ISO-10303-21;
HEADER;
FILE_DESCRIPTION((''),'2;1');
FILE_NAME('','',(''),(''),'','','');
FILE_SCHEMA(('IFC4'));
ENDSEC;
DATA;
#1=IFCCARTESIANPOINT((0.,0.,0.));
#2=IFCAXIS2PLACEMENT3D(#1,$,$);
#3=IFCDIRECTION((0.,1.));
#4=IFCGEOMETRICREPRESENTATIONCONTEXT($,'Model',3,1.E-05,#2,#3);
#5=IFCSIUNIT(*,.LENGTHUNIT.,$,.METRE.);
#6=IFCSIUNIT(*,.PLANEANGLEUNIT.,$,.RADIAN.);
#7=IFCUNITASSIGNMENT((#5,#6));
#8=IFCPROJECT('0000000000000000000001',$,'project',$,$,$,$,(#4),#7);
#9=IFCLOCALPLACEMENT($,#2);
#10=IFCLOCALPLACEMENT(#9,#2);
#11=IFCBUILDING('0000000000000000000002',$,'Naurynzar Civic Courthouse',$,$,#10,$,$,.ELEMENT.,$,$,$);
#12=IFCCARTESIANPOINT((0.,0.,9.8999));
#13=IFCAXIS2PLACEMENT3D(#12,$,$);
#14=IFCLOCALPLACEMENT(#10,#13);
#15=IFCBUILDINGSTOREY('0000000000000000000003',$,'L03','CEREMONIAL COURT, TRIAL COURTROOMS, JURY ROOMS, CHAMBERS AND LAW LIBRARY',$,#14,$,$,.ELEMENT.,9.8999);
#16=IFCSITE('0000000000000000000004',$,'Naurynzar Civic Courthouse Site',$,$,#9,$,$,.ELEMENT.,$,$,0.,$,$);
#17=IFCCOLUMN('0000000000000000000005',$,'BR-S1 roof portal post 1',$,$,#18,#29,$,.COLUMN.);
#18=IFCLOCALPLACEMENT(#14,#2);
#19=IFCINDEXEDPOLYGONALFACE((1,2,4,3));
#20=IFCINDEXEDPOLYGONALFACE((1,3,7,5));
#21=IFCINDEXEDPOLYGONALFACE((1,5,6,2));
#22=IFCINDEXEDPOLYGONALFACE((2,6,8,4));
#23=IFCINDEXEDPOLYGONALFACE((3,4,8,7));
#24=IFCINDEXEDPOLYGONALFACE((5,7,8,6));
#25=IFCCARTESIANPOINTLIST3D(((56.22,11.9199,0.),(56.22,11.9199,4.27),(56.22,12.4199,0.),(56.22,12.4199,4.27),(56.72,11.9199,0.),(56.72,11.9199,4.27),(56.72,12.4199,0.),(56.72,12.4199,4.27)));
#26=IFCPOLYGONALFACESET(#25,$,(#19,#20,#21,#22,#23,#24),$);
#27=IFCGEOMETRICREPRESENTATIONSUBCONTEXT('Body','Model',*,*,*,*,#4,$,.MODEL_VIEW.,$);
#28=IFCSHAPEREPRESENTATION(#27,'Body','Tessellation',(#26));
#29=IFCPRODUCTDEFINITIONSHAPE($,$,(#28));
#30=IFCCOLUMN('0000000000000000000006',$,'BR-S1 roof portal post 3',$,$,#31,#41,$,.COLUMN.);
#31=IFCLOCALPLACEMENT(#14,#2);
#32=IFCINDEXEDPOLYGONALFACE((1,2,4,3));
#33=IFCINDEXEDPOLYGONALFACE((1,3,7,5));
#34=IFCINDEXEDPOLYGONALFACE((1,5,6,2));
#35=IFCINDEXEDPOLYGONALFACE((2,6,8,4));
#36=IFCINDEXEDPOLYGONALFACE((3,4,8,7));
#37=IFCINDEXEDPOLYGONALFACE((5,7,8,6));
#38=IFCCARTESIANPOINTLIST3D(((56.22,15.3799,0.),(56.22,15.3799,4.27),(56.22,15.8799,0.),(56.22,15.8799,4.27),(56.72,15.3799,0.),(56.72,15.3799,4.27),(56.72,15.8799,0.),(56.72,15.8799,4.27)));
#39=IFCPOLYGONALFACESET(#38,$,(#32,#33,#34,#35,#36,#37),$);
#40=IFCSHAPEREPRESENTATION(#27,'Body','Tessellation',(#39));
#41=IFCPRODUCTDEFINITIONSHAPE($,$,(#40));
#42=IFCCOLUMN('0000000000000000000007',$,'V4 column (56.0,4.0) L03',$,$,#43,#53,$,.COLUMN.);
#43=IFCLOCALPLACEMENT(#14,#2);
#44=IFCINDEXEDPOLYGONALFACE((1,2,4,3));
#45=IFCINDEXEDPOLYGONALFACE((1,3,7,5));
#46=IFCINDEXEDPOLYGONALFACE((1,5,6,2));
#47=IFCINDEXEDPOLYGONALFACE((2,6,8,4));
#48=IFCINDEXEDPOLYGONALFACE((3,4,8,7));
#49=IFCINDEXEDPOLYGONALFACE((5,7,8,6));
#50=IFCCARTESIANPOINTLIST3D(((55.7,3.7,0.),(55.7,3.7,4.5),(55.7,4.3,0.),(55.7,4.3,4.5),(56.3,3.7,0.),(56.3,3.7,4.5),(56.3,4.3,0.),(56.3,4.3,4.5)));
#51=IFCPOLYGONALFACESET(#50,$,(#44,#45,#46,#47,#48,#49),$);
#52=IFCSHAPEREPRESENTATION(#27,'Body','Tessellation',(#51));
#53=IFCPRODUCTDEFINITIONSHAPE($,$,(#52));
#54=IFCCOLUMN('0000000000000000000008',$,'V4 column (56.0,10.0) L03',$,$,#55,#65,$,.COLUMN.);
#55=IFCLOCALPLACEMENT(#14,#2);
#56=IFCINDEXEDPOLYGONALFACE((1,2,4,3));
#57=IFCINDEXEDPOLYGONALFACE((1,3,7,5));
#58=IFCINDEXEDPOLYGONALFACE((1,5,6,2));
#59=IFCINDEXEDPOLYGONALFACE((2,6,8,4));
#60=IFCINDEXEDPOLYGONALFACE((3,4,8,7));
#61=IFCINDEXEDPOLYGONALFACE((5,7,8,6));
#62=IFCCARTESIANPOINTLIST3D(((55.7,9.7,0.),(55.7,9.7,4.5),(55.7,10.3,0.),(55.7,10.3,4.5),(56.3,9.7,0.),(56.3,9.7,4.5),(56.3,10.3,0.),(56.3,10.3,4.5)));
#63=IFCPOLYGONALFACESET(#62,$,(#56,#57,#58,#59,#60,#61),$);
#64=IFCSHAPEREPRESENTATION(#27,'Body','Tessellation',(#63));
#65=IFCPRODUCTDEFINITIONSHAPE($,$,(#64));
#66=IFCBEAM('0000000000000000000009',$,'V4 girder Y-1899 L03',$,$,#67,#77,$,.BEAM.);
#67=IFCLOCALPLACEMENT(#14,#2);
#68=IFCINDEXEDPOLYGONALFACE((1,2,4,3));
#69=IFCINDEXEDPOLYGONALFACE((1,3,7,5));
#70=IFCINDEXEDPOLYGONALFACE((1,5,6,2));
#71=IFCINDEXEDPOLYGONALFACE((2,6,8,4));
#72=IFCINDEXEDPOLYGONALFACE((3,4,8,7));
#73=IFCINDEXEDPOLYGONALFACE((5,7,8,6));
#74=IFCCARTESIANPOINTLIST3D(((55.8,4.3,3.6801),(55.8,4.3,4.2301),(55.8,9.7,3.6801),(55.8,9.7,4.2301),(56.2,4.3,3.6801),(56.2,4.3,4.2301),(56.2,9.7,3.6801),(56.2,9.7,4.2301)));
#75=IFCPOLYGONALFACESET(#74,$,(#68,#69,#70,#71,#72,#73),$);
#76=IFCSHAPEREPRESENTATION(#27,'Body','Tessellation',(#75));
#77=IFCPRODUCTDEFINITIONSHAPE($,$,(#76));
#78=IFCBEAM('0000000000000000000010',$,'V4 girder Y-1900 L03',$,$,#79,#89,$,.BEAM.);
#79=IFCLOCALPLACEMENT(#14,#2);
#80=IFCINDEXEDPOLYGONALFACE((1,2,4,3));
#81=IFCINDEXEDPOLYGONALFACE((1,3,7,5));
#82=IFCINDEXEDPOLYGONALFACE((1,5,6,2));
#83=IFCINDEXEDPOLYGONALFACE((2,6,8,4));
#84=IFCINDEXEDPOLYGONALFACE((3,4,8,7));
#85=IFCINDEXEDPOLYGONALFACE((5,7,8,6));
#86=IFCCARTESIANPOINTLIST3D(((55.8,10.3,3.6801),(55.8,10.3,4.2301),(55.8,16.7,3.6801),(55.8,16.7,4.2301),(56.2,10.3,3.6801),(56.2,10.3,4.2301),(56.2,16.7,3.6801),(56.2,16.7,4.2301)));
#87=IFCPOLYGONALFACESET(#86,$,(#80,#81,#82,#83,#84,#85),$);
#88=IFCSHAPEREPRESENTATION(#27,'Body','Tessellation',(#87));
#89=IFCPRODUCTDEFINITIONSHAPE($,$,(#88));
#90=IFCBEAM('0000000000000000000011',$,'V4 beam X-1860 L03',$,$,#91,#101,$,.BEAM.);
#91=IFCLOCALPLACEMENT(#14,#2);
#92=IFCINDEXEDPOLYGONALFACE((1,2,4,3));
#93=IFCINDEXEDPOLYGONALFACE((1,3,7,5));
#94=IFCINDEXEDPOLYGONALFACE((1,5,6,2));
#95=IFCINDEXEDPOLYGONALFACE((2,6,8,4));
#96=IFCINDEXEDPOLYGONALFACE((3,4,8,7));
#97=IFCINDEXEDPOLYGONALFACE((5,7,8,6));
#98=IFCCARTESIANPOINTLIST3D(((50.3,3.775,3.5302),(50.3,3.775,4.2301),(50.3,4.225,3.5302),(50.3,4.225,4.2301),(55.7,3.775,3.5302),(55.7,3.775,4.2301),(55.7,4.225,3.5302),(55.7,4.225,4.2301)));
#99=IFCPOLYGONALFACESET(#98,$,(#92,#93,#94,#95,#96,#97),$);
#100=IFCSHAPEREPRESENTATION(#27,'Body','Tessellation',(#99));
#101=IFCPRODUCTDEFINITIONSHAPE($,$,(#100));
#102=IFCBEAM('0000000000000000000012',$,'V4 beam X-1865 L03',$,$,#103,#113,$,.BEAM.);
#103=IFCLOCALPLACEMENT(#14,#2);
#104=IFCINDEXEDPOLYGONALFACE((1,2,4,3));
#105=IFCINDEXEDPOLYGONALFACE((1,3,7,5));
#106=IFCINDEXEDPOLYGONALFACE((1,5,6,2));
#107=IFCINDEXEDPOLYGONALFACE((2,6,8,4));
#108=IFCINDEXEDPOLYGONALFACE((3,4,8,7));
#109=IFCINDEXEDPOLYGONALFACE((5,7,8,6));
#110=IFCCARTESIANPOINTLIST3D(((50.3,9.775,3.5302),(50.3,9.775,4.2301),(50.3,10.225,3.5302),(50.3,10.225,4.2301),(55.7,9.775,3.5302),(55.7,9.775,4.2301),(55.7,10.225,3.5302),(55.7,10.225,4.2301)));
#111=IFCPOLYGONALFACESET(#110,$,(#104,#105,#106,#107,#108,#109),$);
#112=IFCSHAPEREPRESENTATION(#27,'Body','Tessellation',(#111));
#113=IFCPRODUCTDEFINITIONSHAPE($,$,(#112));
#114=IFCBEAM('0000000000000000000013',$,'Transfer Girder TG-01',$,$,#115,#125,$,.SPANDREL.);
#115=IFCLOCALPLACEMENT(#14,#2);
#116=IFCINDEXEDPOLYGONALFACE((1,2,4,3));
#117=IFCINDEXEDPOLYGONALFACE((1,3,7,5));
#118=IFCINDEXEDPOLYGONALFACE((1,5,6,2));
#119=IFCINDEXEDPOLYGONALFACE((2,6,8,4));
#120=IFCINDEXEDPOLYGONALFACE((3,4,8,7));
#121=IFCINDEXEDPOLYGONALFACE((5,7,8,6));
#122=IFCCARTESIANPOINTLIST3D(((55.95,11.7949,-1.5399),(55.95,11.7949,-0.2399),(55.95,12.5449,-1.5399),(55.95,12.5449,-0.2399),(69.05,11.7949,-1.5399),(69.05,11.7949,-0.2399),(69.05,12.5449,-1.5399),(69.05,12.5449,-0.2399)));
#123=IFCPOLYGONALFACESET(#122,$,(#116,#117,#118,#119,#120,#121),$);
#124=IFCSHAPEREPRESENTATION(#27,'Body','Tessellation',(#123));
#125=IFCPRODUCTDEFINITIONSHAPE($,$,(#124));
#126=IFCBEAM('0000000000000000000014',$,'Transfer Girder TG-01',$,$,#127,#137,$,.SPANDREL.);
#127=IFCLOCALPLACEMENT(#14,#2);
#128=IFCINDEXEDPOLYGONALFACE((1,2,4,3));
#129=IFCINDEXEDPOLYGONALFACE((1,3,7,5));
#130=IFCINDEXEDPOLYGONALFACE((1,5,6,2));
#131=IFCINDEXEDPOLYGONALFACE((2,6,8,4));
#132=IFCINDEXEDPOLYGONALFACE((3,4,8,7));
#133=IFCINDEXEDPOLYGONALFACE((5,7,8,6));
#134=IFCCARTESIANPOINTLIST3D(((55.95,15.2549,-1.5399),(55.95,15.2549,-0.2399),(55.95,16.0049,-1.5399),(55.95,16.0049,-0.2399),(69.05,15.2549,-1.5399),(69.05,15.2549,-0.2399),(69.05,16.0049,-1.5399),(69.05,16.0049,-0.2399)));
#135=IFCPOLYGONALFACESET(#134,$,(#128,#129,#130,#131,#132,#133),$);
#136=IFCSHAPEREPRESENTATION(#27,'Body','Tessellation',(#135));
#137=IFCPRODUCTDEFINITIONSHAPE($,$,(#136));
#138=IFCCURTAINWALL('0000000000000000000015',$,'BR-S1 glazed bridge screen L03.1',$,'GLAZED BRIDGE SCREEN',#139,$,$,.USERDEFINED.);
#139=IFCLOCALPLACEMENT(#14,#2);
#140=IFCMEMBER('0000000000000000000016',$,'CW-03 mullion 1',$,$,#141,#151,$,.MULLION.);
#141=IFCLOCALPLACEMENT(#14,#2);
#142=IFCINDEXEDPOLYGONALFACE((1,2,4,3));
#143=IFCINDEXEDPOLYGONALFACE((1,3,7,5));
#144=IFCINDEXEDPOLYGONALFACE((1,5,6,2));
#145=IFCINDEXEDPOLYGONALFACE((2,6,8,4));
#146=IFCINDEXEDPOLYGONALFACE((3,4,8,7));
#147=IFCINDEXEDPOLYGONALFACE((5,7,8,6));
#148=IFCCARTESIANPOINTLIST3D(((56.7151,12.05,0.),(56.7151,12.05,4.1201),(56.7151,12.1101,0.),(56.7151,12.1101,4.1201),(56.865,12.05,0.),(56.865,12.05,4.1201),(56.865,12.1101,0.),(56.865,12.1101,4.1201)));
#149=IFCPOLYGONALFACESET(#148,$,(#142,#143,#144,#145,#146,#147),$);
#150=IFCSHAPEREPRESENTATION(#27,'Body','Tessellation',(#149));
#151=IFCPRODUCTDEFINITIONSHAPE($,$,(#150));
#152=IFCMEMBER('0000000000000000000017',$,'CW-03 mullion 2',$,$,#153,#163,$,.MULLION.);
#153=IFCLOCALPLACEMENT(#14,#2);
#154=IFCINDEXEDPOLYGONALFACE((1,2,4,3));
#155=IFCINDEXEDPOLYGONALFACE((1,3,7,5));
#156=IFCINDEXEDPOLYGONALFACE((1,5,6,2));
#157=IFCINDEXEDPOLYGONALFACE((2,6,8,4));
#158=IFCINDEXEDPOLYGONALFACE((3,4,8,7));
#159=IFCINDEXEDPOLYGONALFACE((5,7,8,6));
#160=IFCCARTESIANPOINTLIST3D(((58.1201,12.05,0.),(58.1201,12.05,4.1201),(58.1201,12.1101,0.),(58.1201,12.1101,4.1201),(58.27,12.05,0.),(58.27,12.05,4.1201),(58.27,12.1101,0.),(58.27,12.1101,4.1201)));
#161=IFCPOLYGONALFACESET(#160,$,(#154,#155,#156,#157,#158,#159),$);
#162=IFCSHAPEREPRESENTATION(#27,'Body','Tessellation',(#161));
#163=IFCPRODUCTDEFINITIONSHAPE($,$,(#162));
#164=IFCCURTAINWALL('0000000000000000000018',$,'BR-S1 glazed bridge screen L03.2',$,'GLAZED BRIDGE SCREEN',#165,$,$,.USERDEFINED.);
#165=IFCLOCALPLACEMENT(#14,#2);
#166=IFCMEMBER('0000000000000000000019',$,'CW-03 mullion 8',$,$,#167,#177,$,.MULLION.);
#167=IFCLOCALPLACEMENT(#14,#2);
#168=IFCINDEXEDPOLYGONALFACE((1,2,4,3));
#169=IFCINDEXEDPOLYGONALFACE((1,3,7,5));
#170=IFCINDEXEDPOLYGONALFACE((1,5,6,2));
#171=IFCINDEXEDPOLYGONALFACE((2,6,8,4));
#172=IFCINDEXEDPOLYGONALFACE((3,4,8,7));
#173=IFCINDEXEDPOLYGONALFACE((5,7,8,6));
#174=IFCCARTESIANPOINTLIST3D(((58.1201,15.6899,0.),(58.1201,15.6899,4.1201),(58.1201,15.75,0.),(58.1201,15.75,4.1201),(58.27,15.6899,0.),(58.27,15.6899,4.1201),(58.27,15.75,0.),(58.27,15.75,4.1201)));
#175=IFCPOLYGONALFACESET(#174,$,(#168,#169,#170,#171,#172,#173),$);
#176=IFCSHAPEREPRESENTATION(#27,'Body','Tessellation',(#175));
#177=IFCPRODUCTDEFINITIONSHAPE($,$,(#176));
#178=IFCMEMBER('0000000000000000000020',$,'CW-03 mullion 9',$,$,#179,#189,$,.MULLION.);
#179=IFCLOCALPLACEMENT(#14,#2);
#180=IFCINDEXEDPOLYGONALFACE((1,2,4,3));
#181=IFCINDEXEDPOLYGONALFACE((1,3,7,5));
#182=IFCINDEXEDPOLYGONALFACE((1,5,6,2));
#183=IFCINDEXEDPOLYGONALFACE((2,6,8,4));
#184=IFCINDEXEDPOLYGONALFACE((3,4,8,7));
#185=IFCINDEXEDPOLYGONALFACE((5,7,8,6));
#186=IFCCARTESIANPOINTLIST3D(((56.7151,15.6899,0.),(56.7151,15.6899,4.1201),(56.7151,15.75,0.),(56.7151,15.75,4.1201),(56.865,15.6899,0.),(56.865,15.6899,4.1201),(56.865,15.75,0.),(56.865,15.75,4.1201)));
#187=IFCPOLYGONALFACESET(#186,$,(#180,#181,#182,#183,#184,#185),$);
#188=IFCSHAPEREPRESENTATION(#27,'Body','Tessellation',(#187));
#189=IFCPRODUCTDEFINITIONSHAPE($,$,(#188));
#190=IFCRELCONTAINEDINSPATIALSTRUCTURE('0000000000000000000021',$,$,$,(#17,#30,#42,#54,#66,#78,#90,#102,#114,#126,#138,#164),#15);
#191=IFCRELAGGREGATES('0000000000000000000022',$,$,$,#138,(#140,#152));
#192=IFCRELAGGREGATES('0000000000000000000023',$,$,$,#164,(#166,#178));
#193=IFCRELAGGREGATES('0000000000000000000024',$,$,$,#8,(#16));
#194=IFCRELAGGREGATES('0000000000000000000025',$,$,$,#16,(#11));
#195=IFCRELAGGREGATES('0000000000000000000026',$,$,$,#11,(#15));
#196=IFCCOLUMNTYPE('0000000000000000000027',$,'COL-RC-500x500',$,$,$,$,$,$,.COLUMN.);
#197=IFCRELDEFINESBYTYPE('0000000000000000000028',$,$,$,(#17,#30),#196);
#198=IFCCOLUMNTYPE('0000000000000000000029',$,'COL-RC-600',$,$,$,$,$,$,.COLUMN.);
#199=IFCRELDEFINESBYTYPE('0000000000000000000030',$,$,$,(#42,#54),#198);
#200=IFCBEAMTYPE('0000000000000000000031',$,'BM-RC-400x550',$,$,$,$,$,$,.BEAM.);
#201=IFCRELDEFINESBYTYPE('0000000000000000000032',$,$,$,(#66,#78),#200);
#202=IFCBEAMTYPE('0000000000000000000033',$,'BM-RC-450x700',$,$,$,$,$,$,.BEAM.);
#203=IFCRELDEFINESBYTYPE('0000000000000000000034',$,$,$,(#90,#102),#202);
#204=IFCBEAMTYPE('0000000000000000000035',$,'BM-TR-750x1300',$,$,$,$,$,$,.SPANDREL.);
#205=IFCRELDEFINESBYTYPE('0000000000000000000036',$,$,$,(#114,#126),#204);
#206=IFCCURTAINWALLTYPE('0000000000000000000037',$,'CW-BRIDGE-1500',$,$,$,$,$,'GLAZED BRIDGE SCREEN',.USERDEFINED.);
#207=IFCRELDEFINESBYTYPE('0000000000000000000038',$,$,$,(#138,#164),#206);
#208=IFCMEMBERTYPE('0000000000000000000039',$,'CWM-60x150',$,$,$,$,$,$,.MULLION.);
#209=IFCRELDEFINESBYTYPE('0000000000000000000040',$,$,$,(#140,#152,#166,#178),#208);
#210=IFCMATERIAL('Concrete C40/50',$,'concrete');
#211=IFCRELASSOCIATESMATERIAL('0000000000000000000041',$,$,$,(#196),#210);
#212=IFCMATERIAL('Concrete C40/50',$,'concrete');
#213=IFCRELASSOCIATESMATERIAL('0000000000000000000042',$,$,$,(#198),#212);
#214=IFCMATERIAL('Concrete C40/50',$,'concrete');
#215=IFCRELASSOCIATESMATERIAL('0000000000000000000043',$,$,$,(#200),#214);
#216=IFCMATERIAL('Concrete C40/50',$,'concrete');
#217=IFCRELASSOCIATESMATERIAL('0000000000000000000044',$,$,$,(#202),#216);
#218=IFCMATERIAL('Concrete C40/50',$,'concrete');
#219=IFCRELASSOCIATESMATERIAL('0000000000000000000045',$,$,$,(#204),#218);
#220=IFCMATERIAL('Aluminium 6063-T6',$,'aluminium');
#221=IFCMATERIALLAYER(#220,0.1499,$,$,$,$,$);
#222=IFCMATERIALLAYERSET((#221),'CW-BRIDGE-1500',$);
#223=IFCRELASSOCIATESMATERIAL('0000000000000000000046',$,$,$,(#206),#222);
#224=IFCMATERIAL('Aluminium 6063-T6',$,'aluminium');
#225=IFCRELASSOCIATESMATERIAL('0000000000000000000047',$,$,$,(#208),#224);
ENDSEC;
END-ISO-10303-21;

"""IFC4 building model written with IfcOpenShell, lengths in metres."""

from ifc_helpers import new_model, si_unit, direction, frame, origin, origin_2d, place, context, subcontext, project, spatial, rectangle, extrude, material, layer, layer_set, material_profile, profile_set, type_object, element, aggregate, save


model = new_model("IFC4")

# Units and contexts
model_context = context("Model", 3, precision=1e-05, world=origin(), true_north=direction((0.0, 1.0)))
body_context = subcontext(model_context, "Body", "Model", "MODEL_VIEW")
ifc_project = project(units=[si_unit("LENGTHUNIT", "METRE"), si_unit("PLANEANGLEUNIT", "RADIAN")], contexts=[model_context])

# Site, building, storey
site_placement = place(None, origin())
site = spatial("IfcSite", under=ifc_project, at=site_placement, Name="Naurynzar Civic Courthouse Site", CompositionType="ELEMENT", RefElevation=0.0)
building_placement = place(site_placement, origin())
building = spatial("IfcBuilding", under=site, at=building_placement, Name="Naurynzar Civic Courthouse", CompositionType="ELEMENT")
storey_placement = place(building_placement, frame((0.0, 0.0, 9.8999)))
storey = spatial("IfcBuildingStorey", under=building, at=storey_placement, Name="L03", Description="CEREMONIAL COURT, TRIAL COURTROOMS, JURY ROOMS, CHAMBERS AND LAW LIBRARY", CompositionType="ELEMENT", Elevation=9.8999)

# Columns
ifc_material_1 = material(Name="Concrete C40/50", Category="concrete")
ifc_material_profile_1 = material_profile(ifc_material_1, rectangle(XDim=0.5, YDim=0.5, at=origin_2d()), Name="RC 500x500")
ifc_profile_set_1 = profile_set([ifc_material_profile_1], Name="Concrete C40/50")
column_type_1 = type_object("IfcColumnType", Name="COL-RC-500x500", PredefinedType="COLUMN", material=ifc_profile_set_1)
for number, where, z_axis, x_axis, name in (
    (1, (56.47, 12.1699, 0.0), (0.0, 0.0, 1.0), (1.0, 0.0, 0.0), "BR-S1 roof portal post 1"),
    (2, (56.47, 15.6299, 0.0), (0.0, 0.0, 1.0), (1.0, 0.0, 0.0), "BR-S1 roof portal post 3"),
):
    element("IfcColumn", number, at=place(storey_placement, frame(where, z_axis=z_axis, x_axis=x_axis)), inside=storey, type_object=column_type_1, Name=name, PredefinedType="COLUMN", context=body_context, shape_type="SweptSolid", body=[
        extrude(rectangle(XDim=0.5, YDim=0.5, at=origin_2d()), origin(), (0.0, 0.0, 1.0), 4.27),
    ])
ifc_material_2 = material(Name="Concrete C40/50", Category="concrete")
ifc_material_profile_2 = material_profile(ifc_material_2, rectangle(XDim=0.6001, YDim=0.6001, at=origin_2d()), Name="RC 600x600")
ifc_profile_set_2 = profile_set([ifc_material_profile_2], Name="Concrete C40/50")
column_type_2 = type_object("IfcColumnType", Name="COL-RC-600", PredefinedType="COLUMN", material=ifc_profile_set_2)
for number, where, z_axis, x_axis, name in (
    (3, (56.0, 4.0, 0.0), (0.0, 0.0, 1.0), (1.0, 0.0, 0.0), "V4 column (56.0,4.0) L03"),
    (4, (56.0, 10.0, 0.0), (0.0, 0.0, 1.0), (1.0, 0.0, 0.0), "V4 column (56.0,10.0) L03"),
):
    element("IfcColumn", number, at=place(storey_placement, frame(where, z_axis=z_axis, x_axis=x_axis)), inside=storey, type_object=column_type_2, Name=name, PredefinedType="COLUMN", context=body_context, shape_type="SweptSolid", body=[
        extrude(rectangle(XDim=0.6001, YDim=0.6001, at=origin_2d()), origin(), (0.0, 0.0, 1.0), 4.5),
    ])

# Beams
ifc_material_3 = material(Name="Concrete C40/50", Category="concrete")
ifc_material_profile_3 = material_profile(ifc_material_3, rectangle(XDim=0.3999, YDim=0.55, at=origin_2d()), Name="RCB 400x550")
ifc_profile_set_3 = profile_set([ifc_material_profile_3], Name="Concrete C40/50")
beam_type_1 = type_object("IfcBeamType", Name="BM-RC-400x550", PredefinedType="BEAM", material=ifc_profile_set_3)
beam_1_placement = place(storey_placement, frame((56.0, 4.3, 3.9551), z_axis=(0.0, 1.0, 0.0), x_axis=(-1.0, 0.0, 0.0)))
element("IfcBeam", 5, at=beam_1_placement, inside=storey, type_object=beam_type_1, Name="V4 girder Y-1899 L03", PredefinedType="BEAM", context=body_context, shape_type="SweptSolid", body=[
    extrude(rectangle(XDim=0.3999, YDim=0.55, at=origin_2d()), origin(), (0.0, 0.0, 1.0), 5.3999),
])
beam_2_placement = place(storey_placement, frame((56.0, 10.3, 3.9551), z_axis=(0.0, 1.0, 0.0), x_axis=(-1.0, 0.0, 0.0)))
element("IfcBeam", 6, at=beam_2_placement, inside=storey, type_object=beam_type_1, Name="V4 girder Y-1900 L03", PredefinedType="BEAM", context=body_context, shape_type="SweptSolid", body=[
    extrude(rectangle(XDim=0.3999, YDim=0.55, at=origin_2d()), origin(), (0.0, 0.0, 1.0), 6.3999),
])
ifc_material_4 = material(Name="Concrete C40/50", Category="concrete")
ifc_material_profile_4 = material_profile(ifc_material_4, rectangle(XDim=0.45, YDim=0.7, at=origin_2d()), Name="RCB 450x700")
ifc_profile_set_4 = profile_set([ifc_material_profile_4], Name="Concrete C40/50")
beam_type_2 = type_object("IfcBeamType", Name="BM-RC-450x700", PredefinedType="BEAM", material=ifc_profile_set_4)
for number, where, z_axis, x_axis, name in (
    (7, (50.3, 4.0, 3.8801), (1.0, 0.0, 0.0), (0.0, 1.0, 0.0), "V4 beam X-1860 L03"),
    (8, (50.3, 10.0, 3.8801), (1.0, 0.0, 0.0), (0.0, 1.0, 0.0), "V4 beam X-1865 L03"),
):
    element("IfcBeam", number, at=place(storey_placement, frame(where, z_axis=z_axis, x_axis=x_axis)), inside=storey, type_object=beam_type_2, Name=name, PredefinedType="BEAM", context=body_context, shape_type="SweptSolid", body=[
        extrude(rectangle(XDim=0.45, YDim=0.7, at=origin_2d()), origin(), (0.0, 0.0, 1.0), 5.3999),
    ])
ifc_material_5 = material(Name="Concrete C40/50", Category="concrete")
ifc_material_profile_5 = material_profile(ifc_material_5, rectangle(XDim=0.75, YDim=1.3, at=origin_2d()), Name="RCT 750x1300")
ifc_profile_set_5 = profile_set([ifc_material_profile_5], Name="Concrete C40/50")
beam_type_3 = type_object("IfcBeamType", Name="BM-TR-750x1300", PredefinedType="SPANDREL", material=ifc_profile_set_5)
for number, where, z_axis, x_axis, name in (
    (9, (55.95, 12.1699, -0.8899), (1.0, 0.0, 0.0), (0.0, 1.0, 0.0), "Transfer Girder TG-01"),
    (10, (55.95, 15.6299, -0.8899), (1.0, 0.0, 0.0), (0.0, 1.0, 0.0), "Transfer Girder TG-01"),
):
    element("IfcBeam", number, at=place(storey_placement, frame(where, z_axis=z_axis, x_axis=x_axis)), inside=storey, type_object=beam_type_3, Name=name, PredefinedType="SPANDREL", context=body_context, shape_type="SweptSolid", body=[
        extrude(rectangle(XDim=0.75, YDim=1.3, at=origin_2d()), origin(), (0.0, 0.0, 1.0), 13.1001),
    ])

# Curtain walls, members
ifc_material_6 = material(Name="Aluminium 6063-T6", Category="aluminium")
ifc_layer_1 = layer(ifc_material_6, 0.1499)
ifc_layer_set_1 = layer_set([ifc_layer_1], Name="CW-BRIDGE-1500")
curtain_wall_type = type_object("IfcCurtainWallType", Name="CW-BRIDGE-1500", ElementType="GLAZED BRIDGE SCREEN", PredefinedType="USERDEFINED", material=ifc_layer_set_1)
curtain_wall_1_placement = place(storey_placement, origin())
curtain_wall_1 = element("IfcCurtainWall", 11, at=curtain_wall_1_placement, inside=storey, type_object=curtain_wall_type, Name="BR-S1 glazed bridge screen L03.1", ObjectType="GLAZED BRIDGE SCREEN", PredefinedType="USERDEFINED")
ifc_material_7 = material(Name="Aluminium 6063-T6", Category="aluminium")
ifc_material_profile_6 = material_profile(ifc_material_7, rectangle(XDim=0.0601, YDim=0.1499, at=origin_2d()), Name="ALU MULLION 60x150")
ifc_profile_set_6 = profile_set([ifc_material_profile_6], Name="Aluminium 6063-T6")
member_type_1 = type_object("IfcMemberType", Name="CWM-60x150", PredefinedType="MULLION", material=ifc_profile_set_6)
member_1_placement = place(storey_placement, frame((56.79, 12.0801, 0.0), z_axis=(0.0, 0.0, 1.0), x_axis=(0.0, 1.0, 0.0)))
member_1 = element("IfcMember", 12, at=member_1_placement, type_object=member_type_1, Name="CW-03 mullion 1", PredefinedType="MULLION", context=body_context, shape_type="SweptSolid", body=[
    extrude(rectangle(XDim=0.0601, YDim=0.1499, at=origin_2d()), origin(), (0.0, 0.0, 1.0), 4.1201),
])
member_2_placement = place(storey_placement, frame((58.1951, 12.0801, 0.0), z_axis=(0.0, 0.0, 1.0), x_axis=(0.0, 1.0, 0.0)))
member_2 = element("IfcMember", 13, at=member_2_placement, type_object=member_type_1, Name="CW-03 mullion 2", PredefinedType="MULLION", context=body_context, shape_type="SweptSolid", body=[
    extrude(rectangle(XDim=0.0601, YDim=0.1499, at=origin_2d()), origin(), (0.0, 0.0, 1.0), 4.1201),
])
curtain_wall_2_placement = place(storey_placement, origin())
curtain_wall_2 = element("IfcCurtainWall", 14, at=curtain_wall_2_placement, inside=storey, type_object=curtain_wall_type, Name="BR-S1 glazed bridge screen L03.2", ObjectType="GLAZED BRIDGE SCREEN", PredefinedType="USERDEFINED")
member_3_placement = place(storey_placement, frame((58.1951, 15.72, 0.0), z_axis=(0.0, 0.0, 1.0), x_axis=(0.0, -1.0, 0.0)))
member_3 = element("IfcMember", 15, at=member_3_placement, type_object=member_type_1, Name="CW-03 mullion 8", PredefinedType="MULLION", context=body_context, shape_type="SweptSolid", body=[
    extrude(rectangle(XDim=0.0601, YDim=0.1499, at=origin_2d()), origin(), (0.0, 0.0, 1.0), 4.1201),
])
member_4_placement = place(storey_placement, frame((56.79, 15.72, 0.0), z_axis=(0.0, 0.0, 1.0), x_axis=(0.0, -1.0, 0.0)))
member_4 = element("IfcMember", 16, at=member_4_placement, type_object=member_type_1, Name="CW-03 mullion 9", PredefinedType="MULLION", context=body_context, shape_type="SweptSolid", body=[
    extrude(rectangle(XDim=0.0601, YDim=0.1499, at=origin_2d()), origin(), (0.0, 0.0, 1.0), 4.1201),
])

aggregate(curtain_wall_1, [member_1, member_2])
aggregate(curtain_wall_2, [member_3, member_4])

save(model, "model.ifc")
